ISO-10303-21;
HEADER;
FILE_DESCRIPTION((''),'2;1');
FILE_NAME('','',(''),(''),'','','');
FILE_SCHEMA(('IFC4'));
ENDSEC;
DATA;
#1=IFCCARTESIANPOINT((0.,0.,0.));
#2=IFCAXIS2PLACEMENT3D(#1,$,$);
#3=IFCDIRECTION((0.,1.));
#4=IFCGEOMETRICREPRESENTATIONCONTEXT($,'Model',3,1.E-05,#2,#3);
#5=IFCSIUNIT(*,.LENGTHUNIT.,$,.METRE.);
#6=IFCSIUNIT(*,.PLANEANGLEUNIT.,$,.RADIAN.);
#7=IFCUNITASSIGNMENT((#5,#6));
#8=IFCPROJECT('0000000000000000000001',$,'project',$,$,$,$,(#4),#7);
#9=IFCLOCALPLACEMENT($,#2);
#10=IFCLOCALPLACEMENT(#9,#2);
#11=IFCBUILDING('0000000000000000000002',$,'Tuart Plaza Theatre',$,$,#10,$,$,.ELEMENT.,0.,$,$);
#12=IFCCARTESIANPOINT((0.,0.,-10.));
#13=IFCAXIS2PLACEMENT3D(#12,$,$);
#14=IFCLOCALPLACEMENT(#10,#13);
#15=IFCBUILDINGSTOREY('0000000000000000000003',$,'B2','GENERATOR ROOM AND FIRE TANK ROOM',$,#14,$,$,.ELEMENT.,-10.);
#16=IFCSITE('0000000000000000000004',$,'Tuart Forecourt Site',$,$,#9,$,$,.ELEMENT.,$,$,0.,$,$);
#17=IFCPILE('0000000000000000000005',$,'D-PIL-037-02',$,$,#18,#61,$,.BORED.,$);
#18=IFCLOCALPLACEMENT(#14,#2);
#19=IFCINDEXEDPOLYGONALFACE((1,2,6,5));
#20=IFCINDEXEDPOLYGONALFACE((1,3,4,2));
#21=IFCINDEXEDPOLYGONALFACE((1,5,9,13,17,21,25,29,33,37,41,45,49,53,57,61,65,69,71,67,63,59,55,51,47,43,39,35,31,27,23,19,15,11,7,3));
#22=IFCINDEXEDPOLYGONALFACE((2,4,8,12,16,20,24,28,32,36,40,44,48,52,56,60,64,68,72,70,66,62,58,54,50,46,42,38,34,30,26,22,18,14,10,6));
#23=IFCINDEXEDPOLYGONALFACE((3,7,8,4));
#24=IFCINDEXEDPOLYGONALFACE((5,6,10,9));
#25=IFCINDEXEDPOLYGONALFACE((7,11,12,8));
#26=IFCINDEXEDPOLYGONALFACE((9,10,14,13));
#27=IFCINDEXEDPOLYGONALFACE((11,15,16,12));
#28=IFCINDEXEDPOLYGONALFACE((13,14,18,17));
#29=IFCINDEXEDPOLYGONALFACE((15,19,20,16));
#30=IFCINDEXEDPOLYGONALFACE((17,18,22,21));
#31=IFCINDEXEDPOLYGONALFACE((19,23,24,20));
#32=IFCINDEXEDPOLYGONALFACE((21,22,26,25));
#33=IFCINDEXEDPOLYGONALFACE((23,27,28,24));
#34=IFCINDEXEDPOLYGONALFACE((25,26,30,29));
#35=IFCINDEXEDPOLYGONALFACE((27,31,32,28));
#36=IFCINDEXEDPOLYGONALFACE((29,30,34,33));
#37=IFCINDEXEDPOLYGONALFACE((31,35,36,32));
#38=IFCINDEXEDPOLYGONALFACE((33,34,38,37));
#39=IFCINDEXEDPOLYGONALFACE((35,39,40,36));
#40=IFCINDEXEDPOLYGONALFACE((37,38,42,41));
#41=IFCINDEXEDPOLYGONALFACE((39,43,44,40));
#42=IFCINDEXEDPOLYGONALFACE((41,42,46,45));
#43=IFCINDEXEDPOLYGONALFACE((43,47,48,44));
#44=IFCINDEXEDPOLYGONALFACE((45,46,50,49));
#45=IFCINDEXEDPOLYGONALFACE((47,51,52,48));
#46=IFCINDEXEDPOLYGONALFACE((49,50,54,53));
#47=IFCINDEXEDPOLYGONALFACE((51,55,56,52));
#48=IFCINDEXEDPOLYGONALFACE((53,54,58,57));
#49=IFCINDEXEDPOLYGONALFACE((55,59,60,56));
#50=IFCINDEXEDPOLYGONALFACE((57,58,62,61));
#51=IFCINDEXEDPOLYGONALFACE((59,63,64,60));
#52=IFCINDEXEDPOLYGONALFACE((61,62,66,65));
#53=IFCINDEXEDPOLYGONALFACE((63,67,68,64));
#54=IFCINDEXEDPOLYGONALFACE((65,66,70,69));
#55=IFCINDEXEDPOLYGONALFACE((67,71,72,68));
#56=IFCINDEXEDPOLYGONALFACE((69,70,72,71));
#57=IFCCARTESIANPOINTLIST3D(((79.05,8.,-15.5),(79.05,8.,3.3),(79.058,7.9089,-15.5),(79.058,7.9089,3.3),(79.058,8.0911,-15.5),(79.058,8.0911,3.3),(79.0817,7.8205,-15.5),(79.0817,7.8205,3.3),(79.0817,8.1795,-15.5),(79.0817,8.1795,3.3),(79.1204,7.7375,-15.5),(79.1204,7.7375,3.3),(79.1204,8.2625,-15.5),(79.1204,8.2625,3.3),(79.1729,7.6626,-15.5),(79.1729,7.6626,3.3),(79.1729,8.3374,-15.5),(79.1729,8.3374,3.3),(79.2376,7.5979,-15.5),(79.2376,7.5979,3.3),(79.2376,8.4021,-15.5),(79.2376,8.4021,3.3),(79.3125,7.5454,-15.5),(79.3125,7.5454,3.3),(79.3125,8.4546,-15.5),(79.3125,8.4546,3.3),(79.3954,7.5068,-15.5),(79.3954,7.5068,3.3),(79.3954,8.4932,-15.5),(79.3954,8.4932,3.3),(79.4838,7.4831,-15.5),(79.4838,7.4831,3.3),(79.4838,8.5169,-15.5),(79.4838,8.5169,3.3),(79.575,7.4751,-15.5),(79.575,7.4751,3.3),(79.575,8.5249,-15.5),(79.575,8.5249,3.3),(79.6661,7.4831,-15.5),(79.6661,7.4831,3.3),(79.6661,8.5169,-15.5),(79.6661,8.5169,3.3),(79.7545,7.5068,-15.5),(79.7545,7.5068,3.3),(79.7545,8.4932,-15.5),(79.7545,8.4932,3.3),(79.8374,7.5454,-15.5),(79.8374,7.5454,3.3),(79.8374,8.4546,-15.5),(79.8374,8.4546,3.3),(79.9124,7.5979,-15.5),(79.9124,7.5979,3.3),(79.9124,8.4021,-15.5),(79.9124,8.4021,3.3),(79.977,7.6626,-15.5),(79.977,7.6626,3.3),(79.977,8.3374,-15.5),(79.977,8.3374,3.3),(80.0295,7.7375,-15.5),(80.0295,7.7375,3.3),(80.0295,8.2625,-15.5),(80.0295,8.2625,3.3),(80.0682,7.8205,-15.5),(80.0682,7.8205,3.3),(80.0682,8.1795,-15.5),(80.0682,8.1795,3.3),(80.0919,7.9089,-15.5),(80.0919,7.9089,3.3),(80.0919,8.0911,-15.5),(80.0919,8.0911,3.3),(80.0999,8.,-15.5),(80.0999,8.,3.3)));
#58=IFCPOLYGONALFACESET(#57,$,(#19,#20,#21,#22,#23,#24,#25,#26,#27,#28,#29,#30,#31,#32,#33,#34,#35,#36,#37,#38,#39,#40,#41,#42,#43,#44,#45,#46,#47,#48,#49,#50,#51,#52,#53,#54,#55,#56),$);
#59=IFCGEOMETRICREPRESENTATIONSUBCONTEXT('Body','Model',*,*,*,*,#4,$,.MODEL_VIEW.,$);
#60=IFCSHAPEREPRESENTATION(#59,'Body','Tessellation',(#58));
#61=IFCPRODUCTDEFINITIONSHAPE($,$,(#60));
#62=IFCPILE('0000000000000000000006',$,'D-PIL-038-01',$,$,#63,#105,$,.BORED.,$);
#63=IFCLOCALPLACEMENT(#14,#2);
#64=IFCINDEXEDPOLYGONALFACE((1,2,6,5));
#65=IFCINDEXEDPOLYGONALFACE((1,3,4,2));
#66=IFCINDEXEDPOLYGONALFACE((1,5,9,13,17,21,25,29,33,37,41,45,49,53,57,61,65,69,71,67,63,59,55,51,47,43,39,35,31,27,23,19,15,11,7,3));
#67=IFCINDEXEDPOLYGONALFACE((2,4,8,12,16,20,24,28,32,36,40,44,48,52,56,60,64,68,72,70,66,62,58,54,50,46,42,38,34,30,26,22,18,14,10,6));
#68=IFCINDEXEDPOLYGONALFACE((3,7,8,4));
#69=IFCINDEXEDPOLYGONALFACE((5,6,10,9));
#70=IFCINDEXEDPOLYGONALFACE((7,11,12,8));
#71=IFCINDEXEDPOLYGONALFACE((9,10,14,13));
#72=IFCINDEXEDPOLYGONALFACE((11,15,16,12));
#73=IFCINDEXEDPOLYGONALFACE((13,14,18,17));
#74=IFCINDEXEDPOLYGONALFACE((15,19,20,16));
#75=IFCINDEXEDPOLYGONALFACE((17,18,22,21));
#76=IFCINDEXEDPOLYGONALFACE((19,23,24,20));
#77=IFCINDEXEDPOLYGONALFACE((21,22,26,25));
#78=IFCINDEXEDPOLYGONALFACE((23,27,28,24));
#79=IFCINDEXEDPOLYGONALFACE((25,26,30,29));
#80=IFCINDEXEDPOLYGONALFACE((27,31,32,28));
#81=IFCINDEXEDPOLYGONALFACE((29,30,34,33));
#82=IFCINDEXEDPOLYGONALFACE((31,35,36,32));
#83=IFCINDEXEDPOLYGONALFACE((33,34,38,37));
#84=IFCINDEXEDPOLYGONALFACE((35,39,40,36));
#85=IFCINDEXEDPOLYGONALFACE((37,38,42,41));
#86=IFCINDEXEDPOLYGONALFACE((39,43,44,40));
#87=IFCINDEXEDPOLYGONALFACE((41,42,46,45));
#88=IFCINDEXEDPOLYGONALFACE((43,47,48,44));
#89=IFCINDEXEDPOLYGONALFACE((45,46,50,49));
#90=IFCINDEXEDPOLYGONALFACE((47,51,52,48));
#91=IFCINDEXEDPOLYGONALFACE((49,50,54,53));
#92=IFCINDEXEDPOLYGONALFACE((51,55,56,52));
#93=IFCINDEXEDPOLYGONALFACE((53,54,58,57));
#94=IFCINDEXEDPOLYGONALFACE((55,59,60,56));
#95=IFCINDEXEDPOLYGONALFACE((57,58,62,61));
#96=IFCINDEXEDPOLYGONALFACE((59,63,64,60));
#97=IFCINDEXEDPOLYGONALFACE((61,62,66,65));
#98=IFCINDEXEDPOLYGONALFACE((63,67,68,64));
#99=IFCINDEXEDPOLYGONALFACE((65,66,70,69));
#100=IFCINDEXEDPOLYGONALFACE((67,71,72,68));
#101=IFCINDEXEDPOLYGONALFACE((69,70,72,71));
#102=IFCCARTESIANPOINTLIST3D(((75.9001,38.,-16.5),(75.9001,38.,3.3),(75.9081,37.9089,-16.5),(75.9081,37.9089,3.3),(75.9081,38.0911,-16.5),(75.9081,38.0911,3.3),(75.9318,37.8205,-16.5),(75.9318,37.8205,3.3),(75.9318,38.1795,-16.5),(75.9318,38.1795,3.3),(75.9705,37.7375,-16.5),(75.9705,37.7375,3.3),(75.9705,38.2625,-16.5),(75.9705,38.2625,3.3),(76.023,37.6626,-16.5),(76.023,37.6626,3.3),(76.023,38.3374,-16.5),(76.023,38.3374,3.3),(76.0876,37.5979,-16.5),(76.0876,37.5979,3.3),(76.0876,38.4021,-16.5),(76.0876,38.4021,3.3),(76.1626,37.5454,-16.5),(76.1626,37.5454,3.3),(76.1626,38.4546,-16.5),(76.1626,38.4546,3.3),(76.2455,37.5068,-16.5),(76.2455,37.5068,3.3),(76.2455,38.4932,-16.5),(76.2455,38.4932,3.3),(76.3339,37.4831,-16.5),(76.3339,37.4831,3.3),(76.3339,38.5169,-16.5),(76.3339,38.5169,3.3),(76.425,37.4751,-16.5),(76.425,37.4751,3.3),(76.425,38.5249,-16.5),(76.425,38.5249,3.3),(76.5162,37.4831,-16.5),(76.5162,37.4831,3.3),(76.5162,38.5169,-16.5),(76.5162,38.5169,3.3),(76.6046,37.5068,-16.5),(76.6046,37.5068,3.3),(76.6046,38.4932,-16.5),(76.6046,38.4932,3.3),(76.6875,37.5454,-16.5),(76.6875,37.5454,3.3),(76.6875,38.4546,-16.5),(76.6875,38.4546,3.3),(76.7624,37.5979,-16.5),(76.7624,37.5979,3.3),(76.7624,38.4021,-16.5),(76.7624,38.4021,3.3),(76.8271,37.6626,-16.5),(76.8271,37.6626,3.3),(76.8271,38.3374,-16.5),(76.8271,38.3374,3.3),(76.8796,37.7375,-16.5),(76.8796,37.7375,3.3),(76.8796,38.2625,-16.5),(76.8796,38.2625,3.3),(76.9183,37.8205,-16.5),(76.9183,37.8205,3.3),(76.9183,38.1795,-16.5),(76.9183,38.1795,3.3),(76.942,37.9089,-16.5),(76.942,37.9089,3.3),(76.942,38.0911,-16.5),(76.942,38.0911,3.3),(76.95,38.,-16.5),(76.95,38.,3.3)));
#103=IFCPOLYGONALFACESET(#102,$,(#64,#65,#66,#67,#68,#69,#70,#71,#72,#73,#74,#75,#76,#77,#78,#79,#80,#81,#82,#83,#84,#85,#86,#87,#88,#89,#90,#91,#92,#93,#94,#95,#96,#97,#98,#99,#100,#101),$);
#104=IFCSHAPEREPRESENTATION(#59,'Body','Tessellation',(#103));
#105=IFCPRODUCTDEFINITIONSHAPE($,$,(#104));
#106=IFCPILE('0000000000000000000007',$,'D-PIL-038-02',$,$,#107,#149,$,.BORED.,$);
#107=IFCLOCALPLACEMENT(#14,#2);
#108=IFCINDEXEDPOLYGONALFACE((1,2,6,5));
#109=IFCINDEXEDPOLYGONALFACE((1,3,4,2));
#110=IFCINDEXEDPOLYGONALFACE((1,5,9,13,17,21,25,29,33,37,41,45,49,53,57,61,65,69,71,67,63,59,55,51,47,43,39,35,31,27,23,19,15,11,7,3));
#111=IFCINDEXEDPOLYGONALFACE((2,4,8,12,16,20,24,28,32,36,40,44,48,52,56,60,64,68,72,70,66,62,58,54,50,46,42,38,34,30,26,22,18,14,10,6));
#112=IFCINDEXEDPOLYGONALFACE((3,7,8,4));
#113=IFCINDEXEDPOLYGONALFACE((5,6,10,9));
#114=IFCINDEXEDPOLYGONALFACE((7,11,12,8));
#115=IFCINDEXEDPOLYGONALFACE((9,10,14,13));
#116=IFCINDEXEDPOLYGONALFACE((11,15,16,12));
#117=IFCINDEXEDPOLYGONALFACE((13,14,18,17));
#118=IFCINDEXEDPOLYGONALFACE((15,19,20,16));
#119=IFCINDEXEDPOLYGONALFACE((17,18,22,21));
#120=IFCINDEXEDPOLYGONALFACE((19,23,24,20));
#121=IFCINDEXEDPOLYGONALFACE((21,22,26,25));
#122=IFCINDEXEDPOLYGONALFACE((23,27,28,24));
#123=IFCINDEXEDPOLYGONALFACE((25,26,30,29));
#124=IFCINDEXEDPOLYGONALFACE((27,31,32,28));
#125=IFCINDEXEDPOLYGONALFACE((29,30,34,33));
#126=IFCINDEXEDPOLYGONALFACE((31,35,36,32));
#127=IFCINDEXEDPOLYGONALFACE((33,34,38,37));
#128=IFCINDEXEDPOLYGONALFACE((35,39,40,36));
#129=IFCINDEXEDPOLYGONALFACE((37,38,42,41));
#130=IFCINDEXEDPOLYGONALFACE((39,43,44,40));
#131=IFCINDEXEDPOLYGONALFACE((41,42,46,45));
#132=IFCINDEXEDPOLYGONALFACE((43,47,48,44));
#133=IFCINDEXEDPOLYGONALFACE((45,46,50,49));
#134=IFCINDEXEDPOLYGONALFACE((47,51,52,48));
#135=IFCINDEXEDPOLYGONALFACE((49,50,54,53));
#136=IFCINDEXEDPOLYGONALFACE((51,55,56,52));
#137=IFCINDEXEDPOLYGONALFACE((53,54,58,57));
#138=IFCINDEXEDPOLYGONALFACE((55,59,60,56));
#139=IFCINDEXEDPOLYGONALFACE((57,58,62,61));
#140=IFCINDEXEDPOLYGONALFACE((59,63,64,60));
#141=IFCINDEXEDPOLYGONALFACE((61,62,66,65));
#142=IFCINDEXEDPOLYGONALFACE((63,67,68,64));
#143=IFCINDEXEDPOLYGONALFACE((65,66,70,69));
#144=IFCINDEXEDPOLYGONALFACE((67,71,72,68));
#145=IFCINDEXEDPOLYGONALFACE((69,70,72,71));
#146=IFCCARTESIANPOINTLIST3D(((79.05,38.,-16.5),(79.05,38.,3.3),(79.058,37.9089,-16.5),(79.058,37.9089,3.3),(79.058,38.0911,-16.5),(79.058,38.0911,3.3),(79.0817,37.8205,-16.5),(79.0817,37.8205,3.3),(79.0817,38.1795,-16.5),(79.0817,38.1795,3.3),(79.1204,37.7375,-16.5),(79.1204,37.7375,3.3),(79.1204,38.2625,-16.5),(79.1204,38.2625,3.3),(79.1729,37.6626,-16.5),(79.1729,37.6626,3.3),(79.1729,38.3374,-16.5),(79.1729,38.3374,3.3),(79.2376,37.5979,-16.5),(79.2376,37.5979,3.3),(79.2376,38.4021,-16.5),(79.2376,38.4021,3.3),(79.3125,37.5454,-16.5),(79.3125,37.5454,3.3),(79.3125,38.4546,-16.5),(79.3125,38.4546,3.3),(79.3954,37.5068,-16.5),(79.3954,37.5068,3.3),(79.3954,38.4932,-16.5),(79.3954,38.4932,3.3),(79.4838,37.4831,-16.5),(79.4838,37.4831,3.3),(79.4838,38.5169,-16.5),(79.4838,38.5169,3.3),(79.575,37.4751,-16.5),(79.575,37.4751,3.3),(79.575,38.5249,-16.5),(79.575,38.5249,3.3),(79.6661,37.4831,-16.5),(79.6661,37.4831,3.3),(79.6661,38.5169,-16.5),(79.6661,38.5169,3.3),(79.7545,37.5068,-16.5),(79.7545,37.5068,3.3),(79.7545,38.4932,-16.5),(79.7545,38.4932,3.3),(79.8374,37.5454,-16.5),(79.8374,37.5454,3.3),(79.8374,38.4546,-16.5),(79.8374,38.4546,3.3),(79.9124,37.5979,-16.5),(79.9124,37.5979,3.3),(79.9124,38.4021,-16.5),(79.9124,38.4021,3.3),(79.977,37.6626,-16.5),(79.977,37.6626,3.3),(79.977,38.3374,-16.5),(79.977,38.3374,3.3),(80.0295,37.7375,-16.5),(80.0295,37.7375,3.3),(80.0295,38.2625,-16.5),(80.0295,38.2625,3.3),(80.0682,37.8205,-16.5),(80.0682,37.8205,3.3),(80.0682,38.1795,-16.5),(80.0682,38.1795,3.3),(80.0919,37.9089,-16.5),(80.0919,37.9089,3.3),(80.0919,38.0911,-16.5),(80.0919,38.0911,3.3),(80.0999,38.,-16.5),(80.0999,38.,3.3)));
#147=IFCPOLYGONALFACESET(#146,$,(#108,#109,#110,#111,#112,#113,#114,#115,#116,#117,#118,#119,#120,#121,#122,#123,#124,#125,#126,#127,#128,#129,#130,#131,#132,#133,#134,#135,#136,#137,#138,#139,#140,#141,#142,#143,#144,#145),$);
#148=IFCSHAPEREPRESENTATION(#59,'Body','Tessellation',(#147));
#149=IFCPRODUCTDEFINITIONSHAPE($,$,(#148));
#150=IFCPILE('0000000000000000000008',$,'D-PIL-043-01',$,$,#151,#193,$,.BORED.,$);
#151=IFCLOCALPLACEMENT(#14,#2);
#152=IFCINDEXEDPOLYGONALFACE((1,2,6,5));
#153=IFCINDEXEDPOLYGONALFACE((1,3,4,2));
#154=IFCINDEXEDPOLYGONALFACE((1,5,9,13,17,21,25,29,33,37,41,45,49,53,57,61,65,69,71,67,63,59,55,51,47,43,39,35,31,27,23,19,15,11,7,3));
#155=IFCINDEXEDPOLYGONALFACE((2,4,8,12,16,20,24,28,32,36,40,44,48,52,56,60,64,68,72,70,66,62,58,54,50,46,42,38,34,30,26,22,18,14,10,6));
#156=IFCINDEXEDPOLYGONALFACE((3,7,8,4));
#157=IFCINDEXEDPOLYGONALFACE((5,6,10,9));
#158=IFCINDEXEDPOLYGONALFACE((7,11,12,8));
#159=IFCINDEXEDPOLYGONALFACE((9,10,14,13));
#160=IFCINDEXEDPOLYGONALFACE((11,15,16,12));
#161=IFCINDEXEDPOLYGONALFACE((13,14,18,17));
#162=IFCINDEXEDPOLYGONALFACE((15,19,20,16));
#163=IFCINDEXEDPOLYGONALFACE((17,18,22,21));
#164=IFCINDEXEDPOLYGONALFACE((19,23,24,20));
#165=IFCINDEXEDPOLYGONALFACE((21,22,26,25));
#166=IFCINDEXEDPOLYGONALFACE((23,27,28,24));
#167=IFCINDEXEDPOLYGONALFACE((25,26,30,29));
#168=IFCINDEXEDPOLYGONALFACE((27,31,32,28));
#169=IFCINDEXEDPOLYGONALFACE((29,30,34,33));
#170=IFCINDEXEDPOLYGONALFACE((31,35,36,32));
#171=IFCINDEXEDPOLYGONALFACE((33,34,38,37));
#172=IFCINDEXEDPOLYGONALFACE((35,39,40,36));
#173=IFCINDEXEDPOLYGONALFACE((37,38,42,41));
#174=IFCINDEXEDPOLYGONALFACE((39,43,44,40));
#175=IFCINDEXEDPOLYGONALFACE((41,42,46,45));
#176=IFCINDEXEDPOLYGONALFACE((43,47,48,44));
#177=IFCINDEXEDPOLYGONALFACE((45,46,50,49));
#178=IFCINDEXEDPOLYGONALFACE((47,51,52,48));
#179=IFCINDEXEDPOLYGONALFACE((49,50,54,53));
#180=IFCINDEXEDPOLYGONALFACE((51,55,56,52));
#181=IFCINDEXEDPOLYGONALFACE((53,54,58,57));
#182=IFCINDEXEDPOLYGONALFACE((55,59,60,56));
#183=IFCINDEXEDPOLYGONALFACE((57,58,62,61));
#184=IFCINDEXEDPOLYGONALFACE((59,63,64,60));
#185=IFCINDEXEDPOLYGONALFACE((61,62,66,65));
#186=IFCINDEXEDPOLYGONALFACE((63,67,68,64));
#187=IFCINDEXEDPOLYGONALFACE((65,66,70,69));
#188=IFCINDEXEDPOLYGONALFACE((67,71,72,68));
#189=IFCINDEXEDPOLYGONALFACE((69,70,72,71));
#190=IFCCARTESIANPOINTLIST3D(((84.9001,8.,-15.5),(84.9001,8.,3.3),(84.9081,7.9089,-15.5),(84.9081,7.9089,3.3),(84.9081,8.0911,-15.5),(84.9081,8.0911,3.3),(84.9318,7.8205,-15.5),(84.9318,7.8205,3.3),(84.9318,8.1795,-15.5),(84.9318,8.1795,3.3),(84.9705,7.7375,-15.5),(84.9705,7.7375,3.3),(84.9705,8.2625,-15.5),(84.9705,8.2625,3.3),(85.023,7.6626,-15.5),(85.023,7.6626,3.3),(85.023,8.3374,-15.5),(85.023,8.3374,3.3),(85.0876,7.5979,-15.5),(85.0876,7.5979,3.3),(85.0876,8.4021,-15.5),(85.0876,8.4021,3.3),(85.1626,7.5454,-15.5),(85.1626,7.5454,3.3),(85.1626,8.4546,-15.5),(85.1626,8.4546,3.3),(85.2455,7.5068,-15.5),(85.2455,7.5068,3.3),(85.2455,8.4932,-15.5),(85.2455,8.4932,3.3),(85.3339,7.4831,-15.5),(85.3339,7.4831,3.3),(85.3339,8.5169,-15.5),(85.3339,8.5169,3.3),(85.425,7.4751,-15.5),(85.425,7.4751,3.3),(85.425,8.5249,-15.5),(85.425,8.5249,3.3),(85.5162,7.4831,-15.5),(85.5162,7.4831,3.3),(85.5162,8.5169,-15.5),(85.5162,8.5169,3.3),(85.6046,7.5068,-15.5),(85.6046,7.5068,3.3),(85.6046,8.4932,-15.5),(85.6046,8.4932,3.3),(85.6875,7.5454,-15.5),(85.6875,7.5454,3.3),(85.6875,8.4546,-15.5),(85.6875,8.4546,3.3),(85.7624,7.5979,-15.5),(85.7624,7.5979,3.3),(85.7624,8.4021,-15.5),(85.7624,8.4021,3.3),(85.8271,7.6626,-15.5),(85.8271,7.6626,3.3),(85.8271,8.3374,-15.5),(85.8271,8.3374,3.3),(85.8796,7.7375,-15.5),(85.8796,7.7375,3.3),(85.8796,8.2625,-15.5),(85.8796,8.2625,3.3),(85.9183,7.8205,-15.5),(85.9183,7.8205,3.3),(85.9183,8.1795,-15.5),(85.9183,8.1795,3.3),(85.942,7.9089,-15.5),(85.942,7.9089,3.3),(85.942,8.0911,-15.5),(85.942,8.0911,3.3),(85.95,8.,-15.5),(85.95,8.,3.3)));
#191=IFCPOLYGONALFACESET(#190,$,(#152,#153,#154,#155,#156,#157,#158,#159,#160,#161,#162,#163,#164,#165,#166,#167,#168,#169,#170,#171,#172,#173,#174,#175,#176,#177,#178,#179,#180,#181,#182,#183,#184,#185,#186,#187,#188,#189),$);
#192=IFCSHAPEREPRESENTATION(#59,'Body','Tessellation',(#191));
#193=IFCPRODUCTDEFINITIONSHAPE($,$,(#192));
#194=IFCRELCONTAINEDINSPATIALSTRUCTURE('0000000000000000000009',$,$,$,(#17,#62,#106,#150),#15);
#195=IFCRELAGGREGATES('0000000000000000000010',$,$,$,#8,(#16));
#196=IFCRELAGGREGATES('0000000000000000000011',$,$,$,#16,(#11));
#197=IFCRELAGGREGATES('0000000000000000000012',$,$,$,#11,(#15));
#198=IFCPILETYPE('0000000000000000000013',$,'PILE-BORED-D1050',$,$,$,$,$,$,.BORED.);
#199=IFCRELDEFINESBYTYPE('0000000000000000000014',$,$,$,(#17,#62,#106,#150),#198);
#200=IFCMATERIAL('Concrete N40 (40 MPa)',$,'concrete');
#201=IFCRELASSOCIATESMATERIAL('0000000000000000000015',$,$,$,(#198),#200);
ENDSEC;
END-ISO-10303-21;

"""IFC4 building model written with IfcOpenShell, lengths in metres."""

from ifc_helpers import new_model, si_unit, direction, frame, origin, origin_2d, place, context, subcontext, project, spatial, circle, extrude, material, material_profile, profile_set, type_object, element, save


model = new_model("IFC4")

# Units and contexts
model_context = context("Model", 3, precision=1e-05, world=origin(), true_north=direction((0.0, 1.0)))
body_context = subcontext(model_context, "Body", "Model", "MODEL_VIEW")
ifc_project = project(units=[si_unit("LENGTHUNIT", "METRE"), si_unit("PLANEANGLEUNIT", "RADIAN")], contexts=[model_context])

# Site, building, storey
site_placement = place(None, origin())
site = spatial("IfcSite", under=ifc_project, at=site_placement, Name="Tuart Forecourt Site", CompositionType="ELEMENT", RefElevation=0.0)
building_placement = place(site_placement, origin())
building = spatial("IfcBuilding", under=site, at=building_placement, Name="Tuart Plaza Theatre", CompositionType="ELEMENT", ElevationOfRefHeight=0.0)
storey_placement = place(building_placement, frame((0.0, 0.0, -10.0)))
storey = spatial("IfcBuildingStorey", under=building, at=storey_placement, Name="B2", Description="GENERATOR ROOM AND FIRE TANK ROOM", CompositionType="ELEMENT", Elevation=-10.0)

# Piles
ifc_material_1 = material(Name="Concrete N40 (40 MPa)", Category="concrete")
ifc_material_profile_1 = material_profile(ifc_material_1, circle(Radius=0.5249, at=origin_2d()), Name="PILE-BORED-D1050")
ifc_profile_set_1 = profile_set([ifc_material_profile_1], Name="Concrete N40 (40 MPa)")
pile_type_1 = type_object("IfcPileType", Name="PILE-BORED-D1050", PredefinedType="BORED", material=ifc_profile_set_1)
for number, where, z_axis, x_axis, name in (
    (1, (79.575, 8.0, 3.3), (0.0, 0.0, -1.0), (1.0, 0.0, 0.0), "D-PIL-037-02"),
):
    element("IfcPile", number, at=place(storey_placement, frame(where, z_axis=z_axis, x_axis=x_axis)), inside=storey, type_object=pile_type_1, Name=name, PredefinedType="BORED", context=body_context, shape_type="SweptSolid", body=[
        extrude(circle(Radius=0.5249, at=origin_2d()), origin(), (0.0, 0.0, 1.0), 18.8),
    ])
for number, where, z_axis, x_axis, name in (
    (2, (76.425, 38.0, 3.3), (0.0, 0.0, -1.0), (1.0, 0.0, 0.0), "D-PIL-038-01"),
    (3, (79.575, 38.0, 3.3), (0.0, 0.0, -1.0), (1.0, 0.0, 0.0), "D-PIL-038-02"),
):
    element("IfcPile", number, at=place(storey_placement, frame(where, z_axis=z_axis, x_axis=x_axis)), inside=storey, type_object=pile_type_1, Name=name, PredefinedType="BORED", context=body_context, shape_type="SweptSolid", body=[
        extrude(circle(Radius=0.5249, at=origin_2d()), origin(), (0.0, 0.0, 1.0), 19.8),
    ])
for number, where, z_axis, x_axis, name in (
    (4, (85.425, 8.0, 3.3), (0.0, 0.0, -1.0), (1.0, 0.0, 0.0), "D-PIL-043-01"),
):
    element("IfcPile", number, at=place(storey_placement, frame(where, z_axis=z_axis, x_axis=x_axis)), inside=storey, type_object=pile_type_1, Name=name, PredefinedType="BORED", context=body_context, shape_type="SweptSolid", body=[
        extrude(circle(Radius=0.5249, at=origin_2d()), origin(), (0.0, 0.0, 1.0), 18.8),
    ])

save(model, "model.ifc")
